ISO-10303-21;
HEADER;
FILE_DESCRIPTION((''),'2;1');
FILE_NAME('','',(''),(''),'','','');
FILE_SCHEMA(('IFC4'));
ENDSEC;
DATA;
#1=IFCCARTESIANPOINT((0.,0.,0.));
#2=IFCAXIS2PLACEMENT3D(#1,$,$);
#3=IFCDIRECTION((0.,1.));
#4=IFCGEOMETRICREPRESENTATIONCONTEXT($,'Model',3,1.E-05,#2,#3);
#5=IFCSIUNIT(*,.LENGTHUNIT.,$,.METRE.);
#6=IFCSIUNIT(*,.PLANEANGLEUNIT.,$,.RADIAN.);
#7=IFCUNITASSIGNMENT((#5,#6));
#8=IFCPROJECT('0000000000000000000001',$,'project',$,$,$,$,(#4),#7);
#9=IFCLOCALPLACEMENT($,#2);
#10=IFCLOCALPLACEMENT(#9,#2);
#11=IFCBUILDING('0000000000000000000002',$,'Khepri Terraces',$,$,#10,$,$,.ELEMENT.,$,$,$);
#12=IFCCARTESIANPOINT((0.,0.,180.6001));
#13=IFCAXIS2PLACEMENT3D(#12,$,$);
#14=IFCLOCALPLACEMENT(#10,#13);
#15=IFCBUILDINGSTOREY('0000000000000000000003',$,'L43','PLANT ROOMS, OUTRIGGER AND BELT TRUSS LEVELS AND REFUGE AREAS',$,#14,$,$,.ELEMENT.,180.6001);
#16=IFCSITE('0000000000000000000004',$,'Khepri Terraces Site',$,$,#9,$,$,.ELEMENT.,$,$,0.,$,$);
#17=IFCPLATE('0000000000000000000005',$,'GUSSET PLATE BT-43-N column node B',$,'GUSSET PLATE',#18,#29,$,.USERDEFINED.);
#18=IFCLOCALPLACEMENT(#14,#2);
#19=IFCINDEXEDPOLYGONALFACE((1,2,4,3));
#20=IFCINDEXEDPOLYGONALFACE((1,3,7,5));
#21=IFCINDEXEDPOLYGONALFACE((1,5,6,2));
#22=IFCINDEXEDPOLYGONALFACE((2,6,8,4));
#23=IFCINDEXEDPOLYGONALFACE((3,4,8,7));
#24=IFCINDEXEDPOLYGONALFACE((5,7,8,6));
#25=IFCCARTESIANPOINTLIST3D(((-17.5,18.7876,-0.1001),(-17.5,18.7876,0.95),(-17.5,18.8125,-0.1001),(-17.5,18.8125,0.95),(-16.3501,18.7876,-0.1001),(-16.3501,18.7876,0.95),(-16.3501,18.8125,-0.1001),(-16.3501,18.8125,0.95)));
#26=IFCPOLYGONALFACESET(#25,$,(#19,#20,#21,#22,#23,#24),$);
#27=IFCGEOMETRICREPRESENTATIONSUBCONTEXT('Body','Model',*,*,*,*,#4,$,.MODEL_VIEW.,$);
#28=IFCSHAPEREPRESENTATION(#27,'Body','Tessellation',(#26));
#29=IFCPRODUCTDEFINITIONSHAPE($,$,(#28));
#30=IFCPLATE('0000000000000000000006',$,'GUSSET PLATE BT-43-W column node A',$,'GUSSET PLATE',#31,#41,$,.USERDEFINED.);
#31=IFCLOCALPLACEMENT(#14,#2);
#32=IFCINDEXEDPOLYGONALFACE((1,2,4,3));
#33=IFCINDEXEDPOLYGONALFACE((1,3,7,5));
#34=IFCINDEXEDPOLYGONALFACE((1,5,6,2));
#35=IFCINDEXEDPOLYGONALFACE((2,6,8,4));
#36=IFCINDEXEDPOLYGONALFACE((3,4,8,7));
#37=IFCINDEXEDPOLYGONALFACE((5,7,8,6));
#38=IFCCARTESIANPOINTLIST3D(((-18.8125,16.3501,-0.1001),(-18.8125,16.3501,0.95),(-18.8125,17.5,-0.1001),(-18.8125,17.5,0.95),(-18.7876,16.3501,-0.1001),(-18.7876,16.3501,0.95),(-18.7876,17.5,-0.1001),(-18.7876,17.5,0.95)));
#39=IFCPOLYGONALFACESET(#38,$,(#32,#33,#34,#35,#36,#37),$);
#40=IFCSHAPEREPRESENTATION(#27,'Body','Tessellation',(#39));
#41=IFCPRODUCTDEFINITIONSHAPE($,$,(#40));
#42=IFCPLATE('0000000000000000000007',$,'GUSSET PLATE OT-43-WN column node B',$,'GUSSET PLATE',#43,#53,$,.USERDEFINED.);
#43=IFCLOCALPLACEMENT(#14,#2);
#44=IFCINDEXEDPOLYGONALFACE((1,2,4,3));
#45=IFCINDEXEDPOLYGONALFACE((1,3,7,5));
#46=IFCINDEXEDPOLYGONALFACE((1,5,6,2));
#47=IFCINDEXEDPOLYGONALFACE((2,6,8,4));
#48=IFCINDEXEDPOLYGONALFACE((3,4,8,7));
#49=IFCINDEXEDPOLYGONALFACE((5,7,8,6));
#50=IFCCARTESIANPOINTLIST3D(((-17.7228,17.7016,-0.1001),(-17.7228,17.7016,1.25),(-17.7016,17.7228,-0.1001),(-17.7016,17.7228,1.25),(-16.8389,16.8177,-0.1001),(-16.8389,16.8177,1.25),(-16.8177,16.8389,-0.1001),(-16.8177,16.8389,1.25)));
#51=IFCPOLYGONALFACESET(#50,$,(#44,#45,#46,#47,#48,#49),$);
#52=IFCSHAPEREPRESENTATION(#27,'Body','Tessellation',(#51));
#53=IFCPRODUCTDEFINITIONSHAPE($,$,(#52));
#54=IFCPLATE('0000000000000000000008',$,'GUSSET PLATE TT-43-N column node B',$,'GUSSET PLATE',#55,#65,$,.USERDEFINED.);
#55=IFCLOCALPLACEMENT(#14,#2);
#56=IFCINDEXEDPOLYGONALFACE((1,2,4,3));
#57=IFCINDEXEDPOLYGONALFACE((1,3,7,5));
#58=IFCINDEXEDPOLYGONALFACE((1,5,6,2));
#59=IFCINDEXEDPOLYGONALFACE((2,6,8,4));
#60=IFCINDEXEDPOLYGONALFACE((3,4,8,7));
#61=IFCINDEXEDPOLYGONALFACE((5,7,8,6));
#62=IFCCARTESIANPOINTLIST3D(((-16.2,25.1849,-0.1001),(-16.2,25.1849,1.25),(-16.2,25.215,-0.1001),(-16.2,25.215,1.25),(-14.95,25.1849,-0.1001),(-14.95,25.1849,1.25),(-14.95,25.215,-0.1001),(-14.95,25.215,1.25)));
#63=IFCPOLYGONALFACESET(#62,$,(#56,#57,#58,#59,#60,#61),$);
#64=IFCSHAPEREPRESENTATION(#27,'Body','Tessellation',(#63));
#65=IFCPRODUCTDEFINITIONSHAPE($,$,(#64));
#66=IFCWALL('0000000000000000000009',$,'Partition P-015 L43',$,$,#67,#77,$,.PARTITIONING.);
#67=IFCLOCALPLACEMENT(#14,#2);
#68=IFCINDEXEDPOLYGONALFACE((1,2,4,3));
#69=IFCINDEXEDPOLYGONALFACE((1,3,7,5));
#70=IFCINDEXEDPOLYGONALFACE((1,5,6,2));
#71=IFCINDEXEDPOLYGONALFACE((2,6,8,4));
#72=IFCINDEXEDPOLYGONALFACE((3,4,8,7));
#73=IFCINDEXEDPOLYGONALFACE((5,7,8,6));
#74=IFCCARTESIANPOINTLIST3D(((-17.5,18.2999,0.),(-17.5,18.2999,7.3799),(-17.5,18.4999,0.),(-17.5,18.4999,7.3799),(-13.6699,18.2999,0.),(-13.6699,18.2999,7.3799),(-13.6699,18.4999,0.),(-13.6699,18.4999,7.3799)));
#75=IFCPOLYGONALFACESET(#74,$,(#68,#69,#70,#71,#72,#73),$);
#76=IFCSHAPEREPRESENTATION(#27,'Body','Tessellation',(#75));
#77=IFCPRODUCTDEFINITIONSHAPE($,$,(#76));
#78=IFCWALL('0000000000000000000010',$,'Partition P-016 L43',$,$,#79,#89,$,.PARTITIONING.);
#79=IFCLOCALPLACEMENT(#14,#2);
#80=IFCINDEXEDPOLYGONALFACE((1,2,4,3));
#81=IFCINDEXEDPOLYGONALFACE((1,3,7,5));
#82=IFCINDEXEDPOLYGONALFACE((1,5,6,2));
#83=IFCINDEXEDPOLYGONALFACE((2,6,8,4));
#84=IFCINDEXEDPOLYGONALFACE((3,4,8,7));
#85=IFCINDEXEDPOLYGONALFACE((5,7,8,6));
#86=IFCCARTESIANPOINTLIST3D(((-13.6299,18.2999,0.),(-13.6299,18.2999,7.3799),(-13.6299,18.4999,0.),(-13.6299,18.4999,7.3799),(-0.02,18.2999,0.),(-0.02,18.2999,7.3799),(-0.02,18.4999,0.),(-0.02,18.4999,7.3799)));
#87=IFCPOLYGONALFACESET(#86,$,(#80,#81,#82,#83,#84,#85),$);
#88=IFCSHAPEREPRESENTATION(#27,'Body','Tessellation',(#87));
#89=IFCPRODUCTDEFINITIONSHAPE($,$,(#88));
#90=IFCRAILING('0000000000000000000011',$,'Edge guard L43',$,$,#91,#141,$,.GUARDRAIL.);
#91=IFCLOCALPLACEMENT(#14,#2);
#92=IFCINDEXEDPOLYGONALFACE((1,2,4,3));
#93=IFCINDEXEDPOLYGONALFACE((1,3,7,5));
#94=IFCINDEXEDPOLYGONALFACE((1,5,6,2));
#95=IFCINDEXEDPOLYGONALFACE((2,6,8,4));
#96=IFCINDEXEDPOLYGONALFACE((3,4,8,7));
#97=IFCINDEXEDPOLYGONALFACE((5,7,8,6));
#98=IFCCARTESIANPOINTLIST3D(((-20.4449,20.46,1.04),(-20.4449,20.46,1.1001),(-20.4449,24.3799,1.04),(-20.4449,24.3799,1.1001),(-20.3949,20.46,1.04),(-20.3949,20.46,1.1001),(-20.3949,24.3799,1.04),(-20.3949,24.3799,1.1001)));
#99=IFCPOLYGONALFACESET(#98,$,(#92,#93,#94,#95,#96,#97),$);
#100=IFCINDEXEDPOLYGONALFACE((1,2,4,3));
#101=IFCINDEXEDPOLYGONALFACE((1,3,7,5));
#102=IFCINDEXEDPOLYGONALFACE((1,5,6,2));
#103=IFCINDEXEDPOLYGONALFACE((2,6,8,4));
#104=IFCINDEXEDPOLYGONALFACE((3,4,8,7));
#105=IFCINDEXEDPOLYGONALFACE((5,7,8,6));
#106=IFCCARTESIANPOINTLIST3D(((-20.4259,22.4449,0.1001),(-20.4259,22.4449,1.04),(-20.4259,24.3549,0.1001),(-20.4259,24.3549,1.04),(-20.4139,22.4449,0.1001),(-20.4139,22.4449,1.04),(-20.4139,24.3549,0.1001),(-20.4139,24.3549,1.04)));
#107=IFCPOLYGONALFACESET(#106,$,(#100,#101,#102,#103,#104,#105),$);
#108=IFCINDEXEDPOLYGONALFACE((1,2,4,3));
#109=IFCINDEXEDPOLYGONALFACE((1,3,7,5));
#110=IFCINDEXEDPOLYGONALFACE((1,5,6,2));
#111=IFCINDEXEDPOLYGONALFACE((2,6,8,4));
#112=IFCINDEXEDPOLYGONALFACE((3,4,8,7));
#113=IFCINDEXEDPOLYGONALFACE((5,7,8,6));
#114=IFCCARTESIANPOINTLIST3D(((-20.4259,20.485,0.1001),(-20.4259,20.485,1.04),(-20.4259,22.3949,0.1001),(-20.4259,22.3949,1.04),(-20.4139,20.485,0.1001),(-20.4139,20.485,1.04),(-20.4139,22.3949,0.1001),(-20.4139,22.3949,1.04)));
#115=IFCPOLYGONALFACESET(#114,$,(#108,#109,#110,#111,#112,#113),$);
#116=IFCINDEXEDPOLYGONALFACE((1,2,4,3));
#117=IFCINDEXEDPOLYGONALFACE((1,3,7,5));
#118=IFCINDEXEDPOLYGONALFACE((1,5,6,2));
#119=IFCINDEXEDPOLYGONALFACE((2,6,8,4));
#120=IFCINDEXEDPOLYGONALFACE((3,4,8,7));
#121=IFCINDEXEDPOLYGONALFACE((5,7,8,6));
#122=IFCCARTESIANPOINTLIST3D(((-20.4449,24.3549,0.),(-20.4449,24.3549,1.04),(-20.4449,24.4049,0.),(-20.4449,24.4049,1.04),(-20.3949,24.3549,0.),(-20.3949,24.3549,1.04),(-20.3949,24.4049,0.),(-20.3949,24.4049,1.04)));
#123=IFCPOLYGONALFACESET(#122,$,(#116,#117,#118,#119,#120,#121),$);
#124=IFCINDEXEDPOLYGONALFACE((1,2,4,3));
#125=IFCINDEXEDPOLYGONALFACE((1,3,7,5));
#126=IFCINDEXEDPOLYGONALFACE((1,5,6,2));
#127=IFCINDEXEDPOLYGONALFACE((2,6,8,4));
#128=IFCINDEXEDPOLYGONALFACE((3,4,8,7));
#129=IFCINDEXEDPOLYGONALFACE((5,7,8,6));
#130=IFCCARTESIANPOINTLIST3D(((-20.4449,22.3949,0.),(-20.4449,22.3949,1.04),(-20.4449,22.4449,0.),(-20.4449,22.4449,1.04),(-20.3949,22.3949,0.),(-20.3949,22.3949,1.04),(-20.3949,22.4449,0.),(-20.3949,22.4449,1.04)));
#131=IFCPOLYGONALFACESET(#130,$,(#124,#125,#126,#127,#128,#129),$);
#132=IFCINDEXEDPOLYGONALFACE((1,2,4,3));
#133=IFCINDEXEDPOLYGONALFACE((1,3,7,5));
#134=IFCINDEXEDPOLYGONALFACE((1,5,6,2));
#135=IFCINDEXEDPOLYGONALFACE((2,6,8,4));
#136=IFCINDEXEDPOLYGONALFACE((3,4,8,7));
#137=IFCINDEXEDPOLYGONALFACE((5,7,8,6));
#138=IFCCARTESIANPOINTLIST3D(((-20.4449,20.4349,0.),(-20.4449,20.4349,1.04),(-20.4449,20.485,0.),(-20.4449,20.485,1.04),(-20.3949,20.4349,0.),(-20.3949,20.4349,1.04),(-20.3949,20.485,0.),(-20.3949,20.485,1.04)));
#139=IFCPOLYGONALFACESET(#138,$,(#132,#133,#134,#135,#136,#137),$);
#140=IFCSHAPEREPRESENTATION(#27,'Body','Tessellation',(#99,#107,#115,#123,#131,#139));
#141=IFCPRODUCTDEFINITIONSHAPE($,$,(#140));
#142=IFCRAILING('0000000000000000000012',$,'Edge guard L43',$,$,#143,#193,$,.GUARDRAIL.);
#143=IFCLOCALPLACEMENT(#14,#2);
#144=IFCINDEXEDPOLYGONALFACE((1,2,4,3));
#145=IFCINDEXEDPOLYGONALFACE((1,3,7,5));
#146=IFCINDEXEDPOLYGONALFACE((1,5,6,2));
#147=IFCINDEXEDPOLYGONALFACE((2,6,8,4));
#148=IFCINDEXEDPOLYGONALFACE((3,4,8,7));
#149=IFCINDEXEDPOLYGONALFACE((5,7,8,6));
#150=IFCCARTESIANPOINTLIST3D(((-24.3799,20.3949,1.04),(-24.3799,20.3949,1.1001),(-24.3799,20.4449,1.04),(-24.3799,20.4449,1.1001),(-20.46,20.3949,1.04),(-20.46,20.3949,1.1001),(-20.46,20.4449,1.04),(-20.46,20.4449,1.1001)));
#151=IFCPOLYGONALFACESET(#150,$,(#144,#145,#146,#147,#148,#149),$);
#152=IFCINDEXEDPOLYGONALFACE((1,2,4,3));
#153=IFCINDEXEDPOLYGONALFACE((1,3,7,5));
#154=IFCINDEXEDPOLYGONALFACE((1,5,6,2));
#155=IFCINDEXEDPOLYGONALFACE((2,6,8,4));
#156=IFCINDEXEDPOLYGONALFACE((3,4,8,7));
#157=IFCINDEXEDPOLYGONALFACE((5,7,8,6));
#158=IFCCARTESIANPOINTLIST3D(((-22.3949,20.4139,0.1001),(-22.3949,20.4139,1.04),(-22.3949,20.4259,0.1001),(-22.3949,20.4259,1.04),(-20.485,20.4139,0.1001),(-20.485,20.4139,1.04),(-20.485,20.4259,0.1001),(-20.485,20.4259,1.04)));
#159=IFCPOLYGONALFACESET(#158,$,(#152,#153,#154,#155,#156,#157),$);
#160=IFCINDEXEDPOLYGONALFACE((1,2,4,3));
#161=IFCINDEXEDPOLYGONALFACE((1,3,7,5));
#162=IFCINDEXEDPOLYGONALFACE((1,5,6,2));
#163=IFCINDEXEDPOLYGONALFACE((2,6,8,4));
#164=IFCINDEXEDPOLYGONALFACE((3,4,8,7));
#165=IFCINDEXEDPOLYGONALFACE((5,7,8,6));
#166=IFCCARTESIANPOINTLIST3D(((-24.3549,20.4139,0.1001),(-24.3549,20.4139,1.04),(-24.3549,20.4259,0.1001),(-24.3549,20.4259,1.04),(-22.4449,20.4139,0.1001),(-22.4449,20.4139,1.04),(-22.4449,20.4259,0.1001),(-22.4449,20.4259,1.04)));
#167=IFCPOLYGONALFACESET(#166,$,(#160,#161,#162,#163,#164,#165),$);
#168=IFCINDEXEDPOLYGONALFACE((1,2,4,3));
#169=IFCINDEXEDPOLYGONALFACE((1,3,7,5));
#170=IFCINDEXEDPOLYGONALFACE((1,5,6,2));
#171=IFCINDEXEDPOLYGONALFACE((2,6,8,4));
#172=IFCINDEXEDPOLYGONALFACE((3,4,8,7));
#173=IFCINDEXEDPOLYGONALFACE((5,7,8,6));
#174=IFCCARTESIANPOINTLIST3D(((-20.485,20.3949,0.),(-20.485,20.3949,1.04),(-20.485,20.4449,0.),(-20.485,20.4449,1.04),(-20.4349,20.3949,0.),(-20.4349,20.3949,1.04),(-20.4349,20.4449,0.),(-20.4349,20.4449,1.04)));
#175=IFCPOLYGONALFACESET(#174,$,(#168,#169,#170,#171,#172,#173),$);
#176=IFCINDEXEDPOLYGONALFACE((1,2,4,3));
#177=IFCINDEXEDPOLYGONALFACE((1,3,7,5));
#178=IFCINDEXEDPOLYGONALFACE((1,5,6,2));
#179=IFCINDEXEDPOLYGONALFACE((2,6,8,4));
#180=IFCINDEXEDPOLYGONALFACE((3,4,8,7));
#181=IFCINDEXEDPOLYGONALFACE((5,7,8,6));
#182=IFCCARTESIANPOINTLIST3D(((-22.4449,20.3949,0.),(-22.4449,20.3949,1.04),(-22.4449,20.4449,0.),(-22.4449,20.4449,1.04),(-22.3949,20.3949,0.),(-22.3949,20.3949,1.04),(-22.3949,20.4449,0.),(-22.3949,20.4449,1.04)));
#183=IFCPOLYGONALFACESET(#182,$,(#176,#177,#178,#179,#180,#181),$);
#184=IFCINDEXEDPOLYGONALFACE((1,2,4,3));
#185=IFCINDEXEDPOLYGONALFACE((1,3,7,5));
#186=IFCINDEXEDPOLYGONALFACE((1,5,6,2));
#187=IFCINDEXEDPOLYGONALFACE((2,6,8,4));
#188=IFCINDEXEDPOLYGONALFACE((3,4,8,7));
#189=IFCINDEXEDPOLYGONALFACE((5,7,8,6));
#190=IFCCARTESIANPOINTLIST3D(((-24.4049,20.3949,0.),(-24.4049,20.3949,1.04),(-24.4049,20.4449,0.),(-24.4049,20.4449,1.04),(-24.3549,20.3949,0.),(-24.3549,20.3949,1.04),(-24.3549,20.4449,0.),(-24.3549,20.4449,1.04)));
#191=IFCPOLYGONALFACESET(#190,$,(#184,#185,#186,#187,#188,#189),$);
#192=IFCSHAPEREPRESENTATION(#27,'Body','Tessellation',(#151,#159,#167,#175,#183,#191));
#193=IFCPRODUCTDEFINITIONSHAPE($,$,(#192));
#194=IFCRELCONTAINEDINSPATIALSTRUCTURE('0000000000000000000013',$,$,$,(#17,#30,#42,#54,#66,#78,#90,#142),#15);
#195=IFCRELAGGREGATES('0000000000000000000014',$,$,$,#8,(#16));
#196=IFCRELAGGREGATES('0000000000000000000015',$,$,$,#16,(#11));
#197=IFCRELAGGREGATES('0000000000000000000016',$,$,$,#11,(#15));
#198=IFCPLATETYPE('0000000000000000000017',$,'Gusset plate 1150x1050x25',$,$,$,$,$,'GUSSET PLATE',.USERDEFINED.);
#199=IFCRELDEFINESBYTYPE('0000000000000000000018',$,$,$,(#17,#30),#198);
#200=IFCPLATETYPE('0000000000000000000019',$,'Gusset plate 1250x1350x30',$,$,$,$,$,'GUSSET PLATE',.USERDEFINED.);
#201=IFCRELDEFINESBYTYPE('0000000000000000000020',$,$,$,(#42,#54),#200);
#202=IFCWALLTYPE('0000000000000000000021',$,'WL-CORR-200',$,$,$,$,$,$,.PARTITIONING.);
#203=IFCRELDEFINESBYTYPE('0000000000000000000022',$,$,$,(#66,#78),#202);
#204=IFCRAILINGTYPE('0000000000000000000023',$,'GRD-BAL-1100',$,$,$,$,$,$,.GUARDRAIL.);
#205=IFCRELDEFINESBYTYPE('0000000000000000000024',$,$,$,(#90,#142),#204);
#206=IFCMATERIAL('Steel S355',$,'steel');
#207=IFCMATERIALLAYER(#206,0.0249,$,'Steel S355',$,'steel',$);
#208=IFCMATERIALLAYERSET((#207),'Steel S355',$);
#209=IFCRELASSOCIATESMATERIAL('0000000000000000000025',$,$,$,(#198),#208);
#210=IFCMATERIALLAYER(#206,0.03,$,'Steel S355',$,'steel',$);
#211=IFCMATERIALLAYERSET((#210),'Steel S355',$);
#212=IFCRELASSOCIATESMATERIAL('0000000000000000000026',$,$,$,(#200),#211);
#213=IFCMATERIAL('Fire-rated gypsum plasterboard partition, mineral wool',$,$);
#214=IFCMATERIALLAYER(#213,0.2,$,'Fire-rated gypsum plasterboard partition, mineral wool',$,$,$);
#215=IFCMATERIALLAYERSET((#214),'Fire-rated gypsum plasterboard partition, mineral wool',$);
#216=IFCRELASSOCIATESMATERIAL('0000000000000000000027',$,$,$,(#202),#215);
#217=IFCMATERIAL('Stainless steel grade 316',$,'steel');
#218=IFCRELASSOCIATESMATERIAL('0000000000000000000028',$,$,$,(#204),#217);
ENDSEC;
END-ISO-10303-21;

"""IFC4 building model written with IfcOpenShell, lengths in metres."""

from ifc_helpers import new_model, si_unit, direction, frame, frame_2d, origin, origin_2d, place, context, subcontext, project, spatial, rectangle, extrude, material, layer, layer_set, type_object, element, save


model = new_model("IFC4")

# Units and contexts
model_context = context("Model", 3, precision=1e-05, world=origin(), true_north=direction((0.0, 1.0)))
body_context = subcontext(model_context, "Body", "Model", "MODEL_VIEW")
ifc_project = project(units=[si_unit("LENGTHUNIT", "METRE"), si_unit("PLANEANGLEUNIT", "RADIAN")], contexts=[model_context])

# Site, building, storey
site_placement = place(None, origin())
site = spatial("IfcSite", under=ifc_project, at=site_placement, Name="Khepri Terraces Site", CompositionType="ELEMENT", RefElevation=0.0)
building_placement = place(site_placement, origin())
building = spatial("IfcBuilding", under=site, at=building_placement, Name="Khepri Terraces", CompositionType="ELEMENT")
storey_placement = place(building_placement, frame((0.0, 0.0, 180.6001)))
storey = spatial("IfcBuildingStorey", under=building, at=storey_placement, Name="L43", Description="PLANT ROOMS, OUTRIGGER AND BELT TRUSS LEVELS AND REFUGE AREAS", CompositionType="ELEMENT", Elevation=180.6001)

# Shared definitions
ifc_material_1 = material(Name="Steel S355", Category="steel")

# Plates
ifc_layer_1 = layer(ifc_material_1, 0.0249, Name="Steel S355", Category="steel")
ifc_layer_set_1 = layer_set([ifc_layer_1], Name="Steel S355")
plate_type_1 = type_object("IfcPlateType", Name="Gusset plate 1150x1050x25", ElementType="GUSSET PLATE", PredefinedType="USERDEFINED", material=ifc_layer_set_1)
for number, where, z_axis, x_axis, name in (
    (1, (-16.925, 18.8, -0.1001), (0.0, 0.0, 1.0), (-1.0, 0.0, 0.0), "GUSSET PLATE BT-43-N column node B"),
    (2, (-18.8, 16.925, -0.1001), (0.0, 0.0, 1.0), (0.0, -1.0, 0.0), "GUSSET PLATE BT-43-W column node A"),
):
    element("IfcPlate", number, at=place(storey_placement, frame(where, z_axis=z_axis, x_axis=x_axis)), inside=storey, type_object=plate_type_1, Name=name, ObjectType="GUSSET PLATE", PredefinedType="USERDEFINED", context=body_context, shape_type="SweptSolid", body=[
        extrude(rectangle(XDim=1.1499, YDim=0.0249, at=origin_2d()), origin(), (0.0, 0.0, 1.0), 1.05),
    ])
ifc_layer_2 = layer(ifc_material_1, 0.03, Name="Steel S355", Category="steel")
ifc_layer_set_2 = layer_set([ifc_layer_2], Name="Steel S355")
plate_type_2 = type_object("IfcPlateType", Name="Gusset plate 1250x1350x30", ElementType="GUSSET PLATE", PredefinedType="USERDEFINED", material=ifc_layer_set_2)
for number, where, z_axis, x_axis, name in (
    (3, (-17.2703, 17.2703, -0.1001), (0.0, 0.0, 1.0), (-0.707107, 0.707107, 0.0), "GUSSET PLATE OT-43-WN column node B"),
    (4, (-15.575, 25.2, -0.1001), (0.0, 0.0, 1.0), (-1.0, 0.0, 0.0), "GUSSET PLATE TT-43-N column node B"),
):
    element("IfcPlate", number, at=place(storey_placement, frame(where, z_axis=z_axis, x_axis=x_axis)), inside=storey, type_object=plate_type_2, Name=name, ObjectType="GUSSET PLATE", PredefinedType="USERDEFINED", context=body_context, shape_type="SweptSolid", body=[
        extrude(rectangle(XDim=1.25, YDim=0.03, at=origin_2d()), origin(), (0.0, 0.0, 1.0), 1.3501),
    ])

# Walls
ifc_material_2 = material(Name="Fire-rated gypsum plasterboard partition, mineral wool")
ifc_layer_3 = layer(ifc_material_2, 0.2, Name="Fire-rated gypsum plasterboard partition, mineral wool")
ifc_layer_set_3 = layer_set([ifc_layer_3], Name="Fire-rated gypsum plasterboard partition, mineral wool")
wall_type = type_object("IfcWallType", Name="WL-CORR-200", PredefinedType="PARTITIONING", material=ifc_layer_set_3)
wall_1_placement = place(storey_placement, frame((-17.5, 18.3999, 0.0), z_axis=(0.0, 0.0, 1.0), x_axis=(1.0, 0.0, 0.0)))
element("IfcWall", 5, at=wall_1_placement, inside=storey, type_object=wall_type, Name="Partition P-015 L43", PredefinedType="PARTITIONING", context=body_context, shape_type="SweptSolid", body=[
    extrude(rectangle(XDim=3.8301, YDim=0.2, at=frame_2d((1.915, 0.0))), origin(), (0.0, 0.0, 1.0), 7.3799),
])
wall_2_placement = place(storey_placement, frame((-13.6299, 18.3999, 0.0), z_axis=(0.0, 0.0, 1.0), x_axis=(1.0, 0.0, 0.0)))
element("IfcWall", 6, at=wall_2_placement, inside=storey, type_object=wall_type, Name="Partition P-016 L43", PredefinedType="PARTITIONING", context=body_context, shape_type="SweptSolid", body=[
    extrude(rectangle(XDim=13.6099, YDim=0.2, at=frame_2d((6.8049, 0.0))), origin(), (0.0, 0.0, 1.0), 7.3799),
])

# Railings
ifc_material_3 = material(Name="Stainless steel grade 316", Category="steel")
railing_type = type_object("IfcRailingType", Name="GRD-BAL-1100", PredefinedType="GUARDRAIL", material=ifc_material_3)
railing_1_placement = place(storey_placement, frame((-20.4199, 24.3799, 0.0)))
element("IfcRailing", 7, at=railing_1_placement, inside=storey, type_object=railing_type, Name="Edge guard L43", PredefinedType="GUARDRAIL", context=body_context, shape_type="SweptSolid", body=[
    extrude(rectangle(XDim=0.05, YDim=0.0601, at=origin_2d()), frame((0.0, 0.0, 1.0701), z_axis=(0.0, -1.0, 0.0), x_axis=(1.0, 0.0, 0.0)), (0.0, 0.0, 1.0), 3.9199),
    extrude(rectangle(XDim=1.9099, YDim=0.012, at=origin_2d()), frame((0.0, -0.98, 0.1001), z_axis=(0.0, 0.0, 1.0), x_axis=(0.0, -1.0, 0.0)), (0.0, 0.0, 1.0), 0.9399),
    extrude(rectangle(XDim=1.9099, YDim=0.012, at=origin_2d()), frame((0.0, -2.9399, 0.1001), z_axis=(0.0, 0.0, 1.0), x_axis=(0.0, -1.0, 0.0)), (0.0, 0.0, 1.0), 0.9399),
    extrude(rectangle(XDim=0.05, YDim=0.05, at=origin_2d()), origin(), (0.0, 0.0, 1.0), 1.04),
    extrude(rectangle(XDim=0.05, YDim=0.05, at=origin_2d()), frame((0.0, -1.96, 0.0)), (0.0, 0.0, 1.0), 1.04),
    extrude(rectangle(XDim=0.05, YDim=0.05, at=origin_2d()), frame((0.0, -3.9199, 0.0)), (0.0, 0.0, 1.0), 1.04),
])
railing_2_placement = place(storey_placement, frame((-20.46, 20.4199, 0.0)))
element("IfcRailing", 8, at=railing_2_placement, inside=storey, type_object=railing_type, Name="Edge guard L43", PredefinedType="GUARDRAIL", context=body_context, shape_type="SweptSolid", body=[
    extrude(rectangle(XDim=0.05, YDim=0.0601, at=origin_2d()), frame((0.0, 0.0, 1.0701), z_axis=(-1.0, 0.0, 0.0), x_axis=(0.0, -1.0, 0.0)), (0.0, 0.0, 1.0), 3.9199),
    extrude(rectangle(XDim=1.9099, YDim=0.012, at=origin_2d()), frame((-0.98, 0.0, 0.1001), z_axis=(0.0, 0.0, 1.0), x_axis=(-1.0, 0.0, 0.0)), (0.0, 0.0, 1.0), 0.9399),
    extrude(rectangle(XDim=1.9099, YDim=0.012, at=origin_2d()), frame((-2.9399, 0.0, 0.1001), z_axis=(0.0, 0.0, 1.0), x_axis=(-1.0, 0.0, 0.0)), (0.0, 0.0, 1.0), 0.9399),
    extrude(rectangle(XDim=0.05, YDim=0.05, at=origin_2d()), origin(), (0.0, 0.0, 1.0), 1.04),
    extrude(rectangle(XDim=0.05, YDim=0.05, at=origin_2d()), frame((-1.96, 0.0, 0.0)), (0.0, 0.0, 1.0), 1.04),
    extrude(rectangle(XDim=0.05, YDim=0.05, at=origin_2d()), frame((-3.9199, 0.0, 0.0)), (0.0, 0.0, 1.0), 1.04),
])

save(model, "model.ifc")
